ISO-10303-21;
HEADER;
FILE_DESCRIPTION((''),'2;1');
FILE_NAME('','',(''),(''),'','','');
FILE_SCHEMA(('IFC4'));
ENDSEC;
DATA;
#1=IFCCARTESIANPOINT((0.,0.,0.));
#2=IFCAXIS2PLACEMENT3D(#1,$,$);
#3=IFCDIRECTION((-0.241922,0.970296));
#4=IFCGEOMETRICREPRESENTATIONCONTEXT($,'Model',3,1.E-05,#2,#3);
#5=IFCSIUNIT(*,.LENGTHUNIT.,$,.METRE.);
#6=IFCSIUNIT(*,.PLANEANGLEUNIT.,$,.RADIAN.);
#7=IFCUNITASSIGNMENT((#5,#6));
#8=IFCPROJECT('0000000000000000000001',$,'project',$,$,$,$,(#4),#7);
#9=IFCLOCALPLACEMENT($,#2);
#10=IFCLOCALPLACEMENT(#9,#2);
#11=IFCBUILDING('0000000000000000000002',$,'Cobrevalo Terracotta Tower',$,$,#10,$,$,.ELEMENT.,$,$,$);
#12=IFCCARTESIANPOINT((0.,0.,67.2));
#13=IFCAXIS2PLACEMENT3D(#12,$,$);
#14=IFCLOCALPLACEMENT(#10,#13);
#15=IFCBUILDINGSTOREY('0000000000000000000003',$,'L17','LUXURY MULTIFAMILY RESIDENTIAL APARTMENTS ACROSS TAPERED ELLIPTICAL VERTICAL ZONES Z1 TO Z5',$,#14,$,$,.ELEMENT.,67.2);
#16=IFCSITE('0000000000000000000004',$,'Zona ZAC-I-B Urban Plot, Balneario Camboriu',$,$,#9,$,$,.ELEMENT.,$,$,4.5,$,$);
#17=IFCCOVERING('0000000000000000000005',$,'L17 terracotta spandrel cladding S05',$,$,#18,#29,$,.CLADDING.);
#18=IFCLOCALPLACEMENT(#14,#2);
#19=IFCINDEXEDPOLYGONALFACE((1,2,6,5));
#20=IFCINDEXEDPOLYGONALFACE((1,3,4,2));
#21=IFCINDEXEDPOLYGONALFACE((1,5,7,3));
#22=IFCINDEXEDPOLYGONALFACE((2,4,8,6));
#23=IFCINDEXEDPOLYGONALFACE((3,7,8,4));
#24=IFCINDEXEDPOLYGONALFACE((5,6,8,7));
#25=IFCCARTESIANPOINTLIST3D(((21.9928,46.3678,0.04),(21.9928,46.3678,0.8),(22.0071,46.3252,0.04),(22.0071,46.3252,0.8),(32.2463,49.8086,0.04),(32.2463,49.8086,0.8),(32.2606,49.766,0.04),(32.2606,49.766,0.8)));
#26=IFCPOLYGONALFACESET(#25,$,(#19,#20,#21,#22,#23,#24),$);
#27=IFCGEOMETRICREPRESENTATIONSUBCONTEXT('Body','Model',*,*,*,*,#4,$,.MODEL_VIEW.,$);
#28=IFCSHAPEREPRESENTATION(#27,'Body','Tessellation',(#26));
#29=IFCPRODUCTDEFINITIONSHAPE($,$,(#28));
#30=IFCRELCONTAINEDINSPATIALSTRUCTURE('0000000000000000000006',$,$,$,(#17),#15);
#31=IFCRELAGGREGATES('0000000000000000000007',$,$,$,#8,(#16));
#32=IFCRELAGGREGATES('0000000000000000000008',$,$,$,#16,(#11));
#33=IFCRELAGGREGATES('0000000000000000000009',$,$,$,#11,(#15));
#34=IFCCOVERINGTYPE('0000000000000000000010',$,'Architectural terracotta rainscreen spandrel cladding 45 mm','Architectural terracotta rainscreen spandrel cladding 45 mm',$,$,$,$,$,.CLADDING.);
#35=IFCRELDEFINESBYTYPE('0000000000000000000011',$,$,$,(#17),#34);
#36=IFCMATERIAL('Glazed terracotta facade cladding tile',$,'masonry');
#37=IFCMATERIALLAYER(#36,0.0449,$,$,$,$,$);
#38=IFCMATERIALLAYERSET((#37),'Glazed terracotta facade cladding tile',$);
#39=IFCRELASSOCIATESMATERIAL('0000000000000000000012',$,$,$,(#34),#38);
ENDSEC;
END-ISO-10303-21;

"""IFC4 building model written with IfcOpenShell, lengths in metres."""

from ifc_helpers import new_model, si_unit, direction, frame, origin, origin_2d, place, context, subcontext, project, spatial, rectangle, extrude, source, transform, mapped, material, layer, layer_set, type_object, element, save


model = new_model("IFC4")

# Units and contexts
model_context = context("Model", 3, precision=1e-05, world=origin(), true_north=direction((-0.241922, 0.970296)))
body_context = subcontext(model_context, "Body", "Model", "MODEL_VIEW")
ifc_project = project(units=[si_unit("LENGTHUNIT", "METRE"), si_unit("PLANEANGLEUNIT", "RADIAN")], contexts=[model_context])

# Site, building, storey
site_placement = place(None, origin())
site = spatial("IfcSite", under=ifc_project, at=site_placement, Name="Zona ZAC-I-B Urban Plot, Balneario Camboriu", CompositionType="ELEMENT", RefElevation=4.5)
building_placement = place(site_placement, origin())
building = spatial("IfcBuilding", under=site, at=building_placement, Name="Cobrevalo Terracotta Tower", CompositionType="ELEMENT")
storey_placement = place(building_placement, frame((0.0, 0.0, 67.2)))
storey = spatial("IfcBuildingStorey", under=building, at=storey_placement, Name="L17", Description="LUXURY MULTIFAMILY RESIDENTIAL APARTMENTS ACROSS TAPERED ELLIPTICAL VERTICAL ZONES Z1 TO Z5", CompositionType="ELEMENT", Elevation=67.2)

# Covering
ifc_material_1 = material(Name="Glazed terracotta facade cladding tile", Category="masonry")
ifc_layer_1 = layer(ifc_material_1, 0.0449)
ifc_layer_set_1 = layer_set([ifc_layer_1], Name="Glazed terracotta facade cladding tile")
covering_type = type_object("IfcCoveringType", Name="Architectural terracotta rainscreen spandrel cladding 45 mm", Description="Architectural terracotta rainscreen spandrel cladding 45 mm", PredefinedType="CLADDING", material=ifc_layer_set_1)
shared_shape_1 = source(origin(), body_context, "Body", "SweptSolid", [
    extrude(rectangle(XDim=10.8154, YDim=0.0449, at=origin_2d()), origin(), (0.0, 0.0, 1.0), 0.76),
])
covering_placement = place(storey_placement, frame((27.1267, 48.0669, 0.04), z_axis=(0.0, 0.0, 1.0), x_axis=(-0.948044, -0.318139, 0.0)))
element("IfcCovering", 1, at=covering_placement, inside=storey, type_object=covering_type, Name="L17 terracotta spandrel cladding S05", PredefinedType="CLADDING", context=body_context, shape_type="MappedRepresentation", body=[
    mapped(shared_shape_1, transform((0.0, 0.0, 0.0), scale=1.0)),
])

save(model, "model.ifc")
